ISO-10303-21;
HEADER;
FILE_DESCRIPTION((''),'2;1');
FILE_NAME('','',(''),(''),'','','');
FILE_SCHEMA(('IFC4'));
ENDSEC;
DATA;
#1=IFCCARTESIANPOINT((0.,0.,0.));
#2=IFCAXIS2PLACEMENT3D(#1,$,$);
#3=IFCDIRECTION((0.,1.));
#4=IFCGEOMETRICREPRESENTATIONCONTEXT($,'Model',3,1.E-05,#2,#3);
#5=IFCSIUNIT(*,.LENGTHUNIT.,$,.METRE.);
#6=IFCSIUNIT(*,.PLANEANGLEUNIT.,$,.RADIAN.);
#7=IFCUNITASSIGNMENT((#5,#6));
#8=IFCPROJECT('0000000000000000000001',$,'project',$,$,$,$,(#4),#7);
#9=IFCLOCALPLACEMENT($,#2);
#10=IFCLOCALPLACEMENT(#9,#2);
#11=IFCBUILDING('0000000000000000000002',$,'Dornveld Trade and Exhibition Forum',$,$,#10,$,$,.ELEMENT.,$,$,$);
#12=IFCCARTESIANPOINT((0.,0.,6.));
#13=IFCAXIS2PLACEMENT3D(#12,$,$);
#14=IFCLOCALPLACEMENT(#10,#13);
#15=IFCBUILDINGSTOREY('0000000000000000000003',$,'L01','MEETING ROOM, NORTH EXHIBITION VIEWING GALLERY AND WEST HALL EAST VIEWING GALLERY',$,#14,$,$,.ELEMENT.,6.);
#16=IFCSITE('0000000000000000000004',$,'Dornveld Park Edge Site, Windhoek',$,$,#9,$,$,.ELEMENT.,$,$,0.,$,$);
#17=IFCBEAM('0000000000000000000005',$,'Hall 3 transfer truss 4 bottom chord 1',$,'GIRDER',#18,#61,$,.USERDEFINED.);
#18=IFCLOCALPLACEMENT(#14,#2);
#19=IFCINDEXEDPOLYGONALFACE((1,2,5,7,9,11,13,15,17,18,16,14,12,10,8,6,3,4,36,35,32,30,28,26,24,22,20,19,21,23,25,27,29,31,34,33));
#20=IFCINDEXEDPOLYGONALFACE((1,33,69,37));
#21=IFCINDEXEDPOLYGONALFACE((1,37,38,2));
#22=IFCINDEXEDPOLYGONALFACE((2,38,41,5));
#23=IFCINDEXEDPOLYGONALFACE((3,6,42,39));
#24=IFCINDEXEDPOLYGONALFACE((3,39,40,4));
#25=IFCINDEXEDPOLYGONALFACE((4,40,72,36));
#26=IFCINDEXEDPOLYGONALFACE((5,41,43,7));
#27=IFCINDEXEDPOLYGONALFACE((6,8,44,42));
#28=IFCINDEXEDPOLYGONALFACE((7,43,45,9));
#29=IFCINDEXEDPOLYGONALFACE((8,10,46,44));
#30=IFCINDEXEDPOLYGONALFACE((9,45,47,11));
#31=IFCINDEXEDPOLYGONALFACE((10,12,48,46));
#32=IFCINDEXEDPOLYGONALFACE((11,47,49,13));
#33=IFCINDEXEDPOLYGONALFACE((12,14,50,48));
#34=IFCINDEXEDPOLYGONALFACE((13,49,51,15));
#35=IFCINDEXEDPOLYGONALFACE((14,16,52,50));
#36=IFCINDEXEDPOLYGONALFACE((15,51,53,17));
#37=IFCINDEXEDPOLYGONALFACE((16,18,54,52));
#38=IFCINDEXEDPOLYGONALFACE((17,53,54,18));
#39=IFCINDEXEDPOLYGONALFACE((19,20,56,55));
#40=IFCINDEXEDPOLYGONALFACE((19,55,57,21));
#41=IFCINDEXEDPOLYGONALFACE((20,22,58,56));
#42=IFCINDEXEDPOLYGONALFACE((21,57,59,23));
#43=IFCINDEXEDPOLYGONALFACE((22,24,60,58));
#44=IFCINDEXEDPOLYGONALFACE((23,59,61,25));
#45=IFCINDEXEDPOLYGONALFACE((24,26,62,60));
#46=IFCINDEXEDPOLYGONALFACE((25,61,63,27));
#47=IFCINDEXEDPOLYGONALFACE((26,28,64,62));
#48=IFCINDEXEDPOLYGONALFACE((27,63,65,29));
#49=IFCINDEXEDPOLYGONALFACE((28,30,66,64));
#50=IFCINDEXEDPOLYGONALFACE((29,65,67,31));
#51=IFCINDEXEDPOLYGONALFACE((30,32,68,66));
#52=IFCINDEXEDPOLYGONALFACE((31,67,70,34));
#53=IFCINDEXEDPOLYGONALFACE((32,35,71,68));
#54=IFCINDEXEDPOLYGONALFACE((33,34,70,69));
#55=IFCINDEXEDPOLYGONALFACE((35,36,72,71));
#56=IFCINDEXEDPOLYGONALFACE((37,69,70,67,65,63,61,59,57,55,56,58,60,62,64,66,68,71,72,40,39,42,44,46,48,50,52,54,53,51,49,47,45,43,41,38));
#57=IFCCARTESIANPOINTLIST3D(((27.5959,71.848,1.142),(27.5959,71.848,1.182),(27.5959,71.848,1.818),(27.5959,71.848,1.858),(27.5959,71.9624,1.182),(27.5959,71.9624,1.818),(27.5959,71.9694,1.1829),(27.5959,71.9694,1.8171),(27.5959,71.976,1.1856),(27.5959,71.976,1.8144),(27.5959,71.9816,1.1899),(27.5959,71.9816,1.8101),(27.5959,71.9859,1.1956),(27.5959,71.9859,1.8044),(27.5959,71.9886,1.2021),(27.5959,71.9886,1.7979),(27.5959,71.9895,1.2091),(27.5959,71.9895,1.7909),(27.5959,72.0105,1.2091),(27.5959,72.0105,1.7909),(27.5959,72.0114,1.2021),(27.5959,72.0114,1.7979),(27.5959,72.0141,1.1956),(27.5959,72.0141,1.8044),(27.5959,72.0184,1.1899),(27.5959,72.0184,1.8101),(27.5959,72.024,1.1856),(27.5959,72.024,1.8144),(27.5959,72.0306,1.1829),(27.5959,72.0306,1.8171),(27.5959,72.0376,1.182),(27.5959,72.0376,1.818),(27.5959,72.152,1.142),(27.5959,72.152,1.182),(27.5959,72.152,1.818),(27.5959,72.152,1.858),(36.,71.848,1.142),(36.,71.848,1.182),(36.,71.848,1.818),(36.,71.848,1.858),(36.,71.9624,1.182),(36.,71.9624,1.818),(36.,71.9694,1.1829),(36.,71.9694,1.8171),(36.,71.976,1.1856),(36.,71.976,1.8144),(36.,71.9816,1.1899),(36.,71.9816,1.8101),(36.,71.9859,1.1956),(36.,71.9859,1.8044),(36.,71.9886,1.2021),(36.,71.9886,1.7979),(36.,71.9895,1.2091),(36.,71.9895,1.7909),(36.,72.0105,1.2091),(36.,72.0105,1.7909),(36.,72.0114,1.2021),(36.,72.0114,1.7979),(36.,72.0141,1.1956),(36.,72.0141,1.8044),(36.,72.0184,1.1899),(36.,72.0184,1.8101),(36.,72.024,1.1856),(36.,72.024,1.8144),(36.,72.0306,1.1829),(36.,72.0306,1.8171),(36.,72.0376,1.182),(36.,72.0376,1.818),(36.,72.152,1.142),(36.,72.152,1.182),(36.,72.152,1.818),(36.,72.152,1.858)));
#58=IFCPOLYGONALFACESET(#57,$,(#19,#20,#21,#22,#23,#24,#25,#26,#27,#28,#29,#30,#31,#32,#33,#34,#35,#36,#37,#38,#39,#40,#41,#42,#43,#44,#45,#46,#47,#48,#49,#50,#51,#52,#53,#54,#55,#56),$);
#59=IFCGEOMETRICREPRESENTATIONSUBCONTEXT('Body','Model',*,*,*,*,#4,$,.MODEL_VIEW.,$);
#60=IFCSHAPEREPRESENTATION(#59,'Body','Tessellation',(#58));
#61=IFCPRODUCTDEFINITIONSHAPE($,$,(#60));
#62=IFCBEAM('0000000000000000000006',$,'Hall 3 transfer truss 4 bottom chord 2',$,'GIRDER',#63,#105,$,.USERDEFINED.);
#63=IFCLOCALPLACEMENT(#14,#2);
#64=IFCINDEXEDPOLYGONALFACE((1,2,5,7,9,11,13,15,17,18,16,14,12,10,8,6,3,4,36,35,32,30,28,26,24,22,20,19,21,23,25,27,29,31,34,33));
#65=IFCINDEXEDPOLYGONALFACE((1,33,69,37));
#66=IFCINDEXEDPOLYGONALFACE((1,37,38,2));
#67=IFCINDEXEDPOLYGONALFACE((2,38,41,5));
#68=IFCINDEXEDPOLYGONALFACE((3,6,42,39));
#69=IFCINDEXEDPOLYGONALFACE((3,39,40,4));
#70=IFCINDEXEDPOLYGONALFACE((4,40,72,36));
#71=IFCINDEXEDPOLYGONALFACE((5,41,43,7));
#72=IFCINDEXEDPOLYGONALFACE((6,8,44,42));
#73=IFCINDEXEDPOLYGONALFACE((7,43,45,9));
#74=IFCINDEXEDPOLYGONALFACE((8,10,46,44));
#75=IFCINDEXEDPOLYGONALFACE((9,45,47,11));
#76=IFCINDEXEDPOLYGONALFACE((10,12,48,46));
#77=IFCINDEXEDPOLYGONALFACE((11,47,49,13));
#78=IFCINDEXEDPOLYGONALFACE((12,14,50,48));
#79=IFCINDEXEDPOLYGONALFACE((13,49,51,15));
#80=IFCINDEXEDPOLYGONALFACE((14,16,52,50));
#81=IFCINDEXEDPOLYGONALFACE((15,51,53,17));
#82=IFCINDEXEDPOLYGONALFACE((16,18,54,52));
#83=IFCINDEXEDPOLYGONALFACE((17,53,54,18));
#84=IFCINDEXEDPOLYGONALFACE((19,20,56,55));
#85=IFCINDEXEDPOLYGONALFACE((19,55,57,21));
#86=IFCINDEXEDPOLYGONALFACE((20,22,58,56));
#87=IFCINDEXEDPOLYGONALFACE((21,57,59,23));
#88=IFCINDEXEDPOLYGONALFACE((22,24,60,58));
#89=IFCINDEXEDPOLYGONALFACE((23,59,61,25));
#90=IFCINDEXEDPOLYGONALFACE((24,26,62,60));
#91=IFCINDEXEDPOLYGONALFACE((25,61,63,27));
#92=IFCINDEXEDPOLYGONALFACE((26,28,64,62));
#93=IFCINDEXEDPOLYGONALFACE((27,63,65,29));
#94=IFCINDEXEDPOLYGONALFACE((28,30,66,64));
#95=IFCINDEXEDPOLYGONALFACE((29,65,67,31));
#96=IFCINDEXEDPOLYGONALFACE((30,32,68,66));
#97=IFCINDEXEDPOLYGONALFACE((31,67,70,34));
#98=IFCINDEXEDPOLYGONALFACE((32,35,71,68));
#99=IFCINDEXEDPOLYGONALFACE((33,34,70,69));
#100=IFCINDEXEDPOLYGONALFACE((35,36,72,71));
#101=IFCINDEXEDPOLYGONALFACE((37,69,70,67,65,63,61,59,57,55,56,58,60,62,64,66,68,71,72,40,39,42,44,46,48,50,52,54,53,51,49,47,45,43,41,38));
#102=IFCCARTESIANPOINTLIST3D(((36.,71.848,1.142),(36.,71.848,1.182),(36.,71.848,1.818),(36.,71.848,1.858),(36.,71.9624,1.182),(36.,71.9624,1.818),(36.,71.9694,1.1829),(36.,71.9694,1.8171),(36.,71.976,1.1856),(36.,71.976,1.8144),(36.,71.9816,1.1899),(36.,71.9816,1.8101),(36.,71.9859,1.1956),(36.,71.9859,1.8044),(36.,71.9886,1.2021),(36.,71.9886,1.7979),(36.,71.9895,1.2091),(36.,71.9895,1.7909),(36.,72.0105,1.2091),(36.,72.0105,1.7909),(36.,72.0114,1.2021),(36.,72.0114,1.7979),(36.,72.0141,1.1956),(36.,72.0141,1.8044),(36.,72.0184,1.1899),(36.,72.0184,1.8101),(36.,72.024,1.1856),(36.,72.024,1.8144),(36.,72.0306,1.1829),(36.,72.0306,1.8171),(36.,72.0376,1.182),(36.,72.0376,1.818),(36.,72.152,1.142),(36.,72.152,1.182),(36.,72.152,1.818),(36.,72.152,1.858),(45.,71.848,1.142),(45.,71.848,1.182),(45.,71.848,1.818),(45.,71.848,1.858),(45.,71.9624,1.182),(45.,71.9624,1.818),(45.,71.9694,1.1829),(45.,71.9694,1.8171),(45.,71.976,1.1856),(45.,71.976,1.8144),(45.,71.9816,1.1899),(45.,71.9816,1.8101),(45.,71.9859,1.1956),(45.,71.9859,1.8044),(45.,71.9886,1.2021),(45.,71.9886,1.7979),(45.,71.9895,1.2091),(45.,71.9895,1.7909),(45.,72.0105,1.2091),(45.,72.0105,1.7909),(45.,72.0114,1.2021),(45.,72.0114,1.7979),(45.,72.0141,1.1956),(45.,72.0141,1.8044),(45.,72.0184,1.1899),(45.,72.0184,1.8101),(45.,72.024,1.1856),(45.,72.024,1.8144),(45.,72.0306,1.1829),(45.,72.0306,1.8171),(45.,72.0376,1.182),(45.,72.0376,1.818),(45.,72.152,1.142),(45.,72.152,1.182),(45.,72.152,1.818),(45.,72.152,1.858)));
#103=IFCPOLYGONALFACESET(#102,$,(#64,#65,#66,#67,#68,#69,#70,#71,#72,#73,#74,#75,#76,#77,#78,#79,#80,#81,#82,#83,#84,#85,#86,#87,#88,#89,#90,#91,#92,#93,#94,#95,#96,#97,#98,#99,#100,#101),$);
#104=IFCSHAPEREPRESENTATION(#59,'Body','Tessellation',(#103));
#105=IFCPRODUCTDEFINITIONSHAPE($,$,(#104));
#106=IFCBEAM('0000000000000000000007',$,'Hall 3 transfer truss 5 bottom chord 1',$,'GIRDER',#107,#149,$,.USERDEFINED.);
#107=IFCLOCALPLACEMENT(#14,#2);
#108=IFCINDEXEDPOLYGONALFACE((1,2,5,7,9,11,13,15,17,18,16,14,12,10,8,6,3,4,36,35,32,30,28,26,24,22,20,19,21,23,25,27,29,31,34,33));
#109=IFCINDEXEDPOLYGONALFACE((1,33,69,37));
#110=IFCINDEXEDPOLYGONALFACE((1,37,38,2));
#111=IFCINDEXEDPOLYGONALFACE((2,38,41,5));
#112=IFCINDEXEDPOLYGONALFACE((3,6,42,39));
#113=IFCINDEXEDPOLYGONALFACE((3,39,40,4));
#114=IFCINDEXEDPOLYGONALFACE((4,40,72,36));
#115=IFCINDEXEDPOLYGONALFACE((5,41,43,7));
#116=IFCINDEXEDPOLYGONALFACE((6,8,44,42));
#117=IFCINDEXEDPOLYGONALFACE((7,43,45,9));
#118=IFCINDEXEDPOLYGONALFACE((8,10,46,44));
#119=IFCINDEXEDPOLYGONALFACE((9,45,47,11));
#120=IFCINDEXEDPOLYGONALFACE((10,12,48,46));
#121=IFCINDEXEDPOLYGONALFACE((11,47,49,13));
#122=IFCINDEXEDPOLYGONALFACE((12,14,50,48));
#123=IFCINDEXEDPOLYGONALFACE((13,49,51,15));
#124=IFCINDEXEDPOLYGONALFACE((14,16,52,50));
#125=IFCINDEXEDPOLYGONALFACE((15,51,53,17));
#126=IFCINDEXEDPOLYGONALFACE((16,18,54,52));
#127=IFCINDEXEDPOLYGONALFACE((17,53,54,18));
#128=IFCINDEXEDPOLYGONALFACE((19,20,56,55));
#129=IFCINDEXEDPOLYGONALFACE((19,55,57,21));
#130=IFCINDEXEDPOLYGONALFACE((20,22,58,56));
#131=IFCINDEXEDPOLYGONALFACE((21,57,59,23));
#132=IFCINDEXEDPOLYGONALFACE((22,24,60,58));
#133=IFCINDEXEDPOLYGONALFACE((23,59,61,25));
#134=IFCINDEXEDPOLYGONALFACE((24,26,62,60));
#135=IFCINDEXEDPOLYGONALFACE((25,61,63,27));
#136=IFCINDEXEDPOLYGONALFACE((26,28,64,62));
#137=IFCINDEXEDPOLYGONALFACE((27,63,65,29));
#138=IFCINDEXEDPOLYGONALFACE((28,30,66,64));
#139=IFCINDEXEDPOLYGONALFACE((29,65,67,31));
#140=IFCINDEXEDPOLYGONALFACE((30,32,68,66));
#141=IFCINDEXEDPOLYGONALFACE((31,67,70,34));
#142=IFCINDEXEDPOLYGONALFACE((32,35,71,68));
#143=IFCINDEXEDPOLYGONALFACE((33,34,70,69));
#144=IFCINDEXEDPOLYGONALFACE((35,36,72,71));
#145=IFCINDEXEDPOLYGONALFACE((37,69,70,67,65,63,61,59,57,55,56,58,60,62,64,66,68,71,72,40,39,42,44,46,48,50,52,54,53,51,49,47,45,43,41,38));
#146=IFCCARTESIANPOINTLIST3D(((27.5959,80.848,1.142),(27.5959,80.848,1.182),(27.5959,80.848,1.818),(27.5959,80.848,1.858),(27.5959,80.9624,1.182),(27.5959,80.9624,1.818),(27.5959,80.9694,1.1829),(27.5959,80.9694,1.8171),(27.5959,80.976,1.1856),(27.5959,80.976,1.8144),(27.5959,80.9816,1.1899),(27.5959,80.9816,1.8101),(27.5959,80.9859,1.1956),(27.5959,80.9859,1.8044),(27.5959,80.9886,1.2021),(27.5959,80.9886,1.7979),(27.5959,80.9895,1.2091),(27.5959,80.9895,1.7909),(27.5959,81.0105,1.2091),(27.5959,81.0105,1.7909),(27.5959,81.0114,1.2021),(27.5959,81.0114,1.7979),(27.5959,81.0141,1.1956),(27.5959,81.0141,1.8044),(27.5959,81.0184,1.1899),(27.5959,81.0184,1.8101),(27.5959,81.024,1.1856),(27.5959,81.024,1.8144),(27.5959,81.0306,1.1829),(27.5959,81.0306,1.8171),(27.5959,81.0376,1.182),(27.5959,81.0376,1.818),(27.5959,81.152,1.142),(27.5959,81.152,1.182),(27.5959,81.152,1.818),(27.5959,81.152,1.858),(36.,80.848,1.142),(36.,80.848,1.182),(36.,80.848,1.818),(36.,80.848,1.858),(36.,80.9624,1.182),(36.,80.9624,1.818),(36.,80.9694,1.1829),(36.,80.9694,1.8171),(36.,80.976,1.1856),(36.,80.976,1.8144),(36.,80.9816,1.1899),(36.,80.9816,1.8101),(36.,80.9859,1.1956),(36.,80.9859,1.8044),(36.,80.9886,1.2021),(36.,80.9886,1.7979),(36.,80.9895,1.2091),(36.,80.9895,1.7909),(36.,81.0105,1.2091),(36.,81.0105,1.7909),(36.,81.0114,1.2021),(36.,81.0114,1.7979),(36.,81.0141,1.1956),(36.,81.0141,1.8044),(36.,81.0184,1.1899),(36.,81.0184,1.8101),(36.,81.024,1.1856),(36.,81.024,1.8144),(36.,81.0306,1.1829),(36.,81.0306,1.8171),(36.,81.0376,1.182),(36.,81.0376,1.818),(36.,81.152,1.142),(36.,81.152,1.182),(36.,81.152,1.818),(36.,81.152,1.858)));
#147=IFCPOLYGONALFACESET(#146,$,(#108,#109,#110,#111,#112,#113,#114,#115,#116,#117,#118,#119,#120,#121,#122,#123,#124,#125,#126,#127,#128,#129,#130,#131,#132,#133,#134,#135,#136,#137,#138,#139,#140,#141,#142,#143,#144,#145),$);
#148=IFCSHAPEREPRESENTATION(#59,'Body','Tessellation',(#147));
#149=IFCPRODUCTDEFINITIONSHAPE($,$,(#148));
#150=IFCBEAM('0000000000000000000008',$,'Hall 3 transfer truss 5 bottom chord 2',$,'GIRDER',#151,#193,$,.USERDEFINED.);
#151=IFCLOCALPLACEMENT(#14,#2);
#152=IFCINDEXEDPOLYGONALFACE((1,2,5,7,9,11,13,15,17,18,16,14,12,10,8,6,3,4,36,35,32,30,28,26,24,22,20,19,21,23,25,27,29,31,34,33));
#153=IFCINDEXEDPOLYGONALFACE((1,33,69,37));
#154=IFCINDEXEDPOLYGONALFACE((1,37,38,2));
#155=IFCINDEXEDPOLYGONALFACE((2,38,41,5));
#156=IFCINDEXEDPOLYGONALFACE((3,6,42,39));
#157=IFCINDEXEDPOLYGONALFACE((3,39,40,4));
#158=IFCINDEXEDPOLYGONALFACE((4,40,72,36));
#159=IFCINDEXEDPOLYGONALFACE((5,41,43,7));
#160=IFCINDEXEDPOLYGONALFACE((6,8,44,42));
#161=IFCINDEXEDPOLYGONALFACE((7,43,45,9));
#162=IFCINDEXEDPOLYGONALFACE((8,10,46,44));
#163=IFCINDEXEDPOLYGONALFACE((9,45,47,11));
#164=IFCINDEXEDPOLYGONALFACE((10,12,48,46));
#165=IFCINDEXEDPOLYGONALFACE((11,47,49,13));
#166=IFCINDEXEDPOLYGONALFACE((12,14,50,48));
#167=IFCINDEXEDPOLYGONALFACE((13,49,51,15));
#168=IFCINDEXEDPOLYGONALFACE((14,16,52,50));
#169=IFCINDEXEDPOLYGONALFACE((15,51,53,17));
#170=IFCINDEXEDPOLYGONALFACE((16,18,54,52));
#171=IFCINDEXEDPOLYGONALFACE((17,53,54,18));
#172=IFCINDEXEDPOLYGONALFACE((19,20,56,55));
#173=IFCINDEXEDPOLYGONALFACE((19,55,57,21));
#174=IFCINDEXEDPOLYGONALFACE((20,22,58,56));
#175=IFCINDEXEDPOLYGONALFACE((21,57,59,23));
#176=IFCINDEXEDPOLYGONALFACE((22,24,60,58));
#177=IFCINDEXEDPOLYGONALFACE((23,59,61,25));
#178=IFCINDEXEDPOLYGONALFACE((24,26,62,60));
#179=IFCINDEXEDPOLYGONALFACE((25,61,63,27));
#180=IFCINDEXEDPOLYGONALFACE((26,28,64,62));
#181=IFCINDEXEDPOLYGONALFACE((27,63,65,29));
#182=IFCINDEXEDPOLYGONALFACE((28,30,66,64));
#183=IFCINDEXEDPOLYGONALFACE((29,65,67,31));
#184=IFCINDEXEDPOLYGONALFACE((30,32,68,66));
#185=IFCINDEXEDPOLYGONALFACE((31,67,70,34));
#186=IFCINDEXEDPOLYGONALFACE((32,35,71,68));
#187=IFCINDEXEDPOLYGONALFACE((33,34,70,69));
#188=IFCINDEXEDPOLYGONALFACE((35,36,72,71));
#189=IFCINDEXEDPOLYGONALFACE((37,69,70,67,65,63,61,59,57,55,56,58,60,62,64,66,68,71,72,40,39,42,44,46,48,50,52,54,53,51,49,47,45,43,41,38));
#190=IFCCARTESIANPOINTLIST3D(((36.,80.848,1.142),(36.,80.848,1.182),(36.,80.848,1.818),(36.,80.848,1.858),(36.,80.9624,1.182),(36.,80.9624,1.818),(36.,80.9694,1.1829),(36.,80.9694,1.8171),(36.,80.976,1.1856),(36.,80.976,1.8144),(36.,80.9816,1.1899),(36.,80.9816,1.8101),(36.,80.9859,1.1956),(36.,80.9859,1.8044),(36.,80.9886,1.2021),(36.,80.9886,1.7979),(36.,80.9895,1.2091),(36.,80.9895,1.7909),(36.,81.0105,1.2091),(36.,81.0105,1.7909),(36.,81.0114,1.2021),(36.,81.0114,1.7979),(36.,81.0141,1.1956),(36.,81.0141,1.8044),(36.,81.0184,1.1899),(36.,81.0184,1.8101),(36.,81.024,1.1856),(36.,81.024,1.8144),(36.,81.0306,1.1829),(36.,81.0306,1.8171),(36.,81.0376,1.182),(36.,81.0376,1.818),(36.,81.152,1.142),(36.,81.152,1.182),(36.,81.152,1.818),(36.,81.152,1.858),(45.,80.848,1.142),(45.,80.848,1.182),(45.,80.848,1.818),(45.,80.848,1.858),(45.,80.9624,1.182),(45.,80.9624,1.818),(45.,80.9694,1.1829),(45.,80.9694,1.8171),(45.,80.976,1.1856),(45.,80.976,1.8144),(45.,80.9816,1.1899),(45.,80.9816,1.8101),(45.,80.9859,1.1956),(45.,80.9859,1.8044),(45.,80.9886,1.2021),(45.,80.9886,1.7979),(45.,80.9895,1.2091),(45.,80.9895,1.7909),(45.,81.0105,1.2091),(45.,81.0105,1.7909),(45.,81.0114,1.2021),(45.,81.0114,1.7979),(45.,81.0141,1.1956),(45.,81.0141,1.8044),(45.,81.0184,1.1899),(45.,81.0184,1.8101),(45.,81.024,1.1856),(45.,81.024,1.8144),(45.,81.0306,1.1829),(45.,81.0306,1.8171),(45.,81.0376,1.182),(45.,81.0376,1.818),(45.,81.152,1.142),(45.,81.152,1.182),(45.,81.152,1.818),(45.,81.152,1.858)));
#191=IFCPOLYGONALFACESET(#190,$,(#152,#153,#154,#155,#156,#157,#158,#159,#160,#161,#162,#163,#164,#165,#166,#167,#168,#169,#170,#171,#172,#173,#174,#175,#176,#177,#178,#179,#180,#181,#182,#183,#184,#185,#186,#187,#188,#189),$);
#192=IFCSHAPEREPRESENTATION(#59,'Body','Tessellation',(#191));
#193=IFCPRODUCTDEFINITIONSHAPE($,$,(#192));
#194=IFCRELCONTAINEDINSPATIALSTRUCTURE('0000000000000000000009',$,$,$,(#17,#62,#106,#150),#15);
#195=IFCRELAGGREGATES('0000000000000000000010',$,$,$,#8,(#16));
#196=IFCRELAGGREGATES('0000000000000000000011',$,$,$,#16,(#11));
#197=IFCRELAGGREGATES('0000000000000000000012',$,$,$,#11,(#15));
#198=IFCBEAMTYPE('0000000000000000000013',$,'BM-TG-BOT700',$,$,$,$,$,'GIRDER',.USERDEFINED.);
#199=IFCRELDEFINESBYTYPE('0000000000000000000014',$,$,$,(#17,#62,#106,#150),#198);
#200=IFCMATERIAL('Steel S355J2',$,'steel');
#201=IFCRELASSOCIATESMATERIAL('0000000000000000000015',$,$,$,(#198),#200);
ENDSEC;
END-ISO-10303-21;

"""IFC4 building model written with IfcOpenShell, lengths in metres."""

from ifc_helpers import new_model, si_unit, direction, frame, origin, origin_2d, place, context, subcontext, project, spatial, i_section, extrude, material, material_profile, profile_set, type_object, element, save


model = new_model("IFC4")

# Units and contexts
model_context = context("Model", 3, precision=1e-05, world=origin(), true_north=direction((0.0, 1.0)))
body_context = subcontext(model_context, "Body", "Model", "MODEL_VIEW")
ifc_project = project(units=[si_unit("LENGTHUNIT", "METRE"), si_unit("PLANEANGLEUNIT", "RADIAN")], contexts=[model_context])

# Site, building, storey
site_placement = place(None, origin())
site = spatial("IfcSite", under=ifc_project, at=site_placement, Name="Dornveld Park Edge Site, Windhoek", CompositionType="ELEMENT", RefElevation=0.0)
building_placement = place(site_placement, origin())
building = spatial("IfcBuilding", under=site, at=building_placement, Name="Dornveld Trade and Exhibition Forum", CompositionType="ELEMENT")
storey_placement = place(building_placement, frame((0.0, 0.0, 6.0)))
storey = spatial("IfcBuildingStorey", under=building, at=storey_placement, Name="L01", Description="MEETING ROOM, NORTH EXHIBITION VIEWING GALLERY AND WEST HALL EAST VIEWING GALLERY", CompositionType="ELEMENT", Elevation=6.0)

# Beams
ifc_material_1 = material(Name="Steel S355J2", Category="steel")
ifc_material_profile_1 = material_profile(ifc_material_1, i_section(OverallWidth=0.304, OverallDepth=0.7161, WebThickness=0.021, FlangeThickness=0.04, FilletRadius=0.0271, at=origin_2d()), Name="HEM 700")
ifc_profile_set_1 = profile_set([ifc_material_profile_1], Name="Steel S355J2")
beam_type_1 = type_object("IfcBeamType", Name="BM-TG-BOT700", ElementType="GIRDER", PredefinedType="USERDEFINED", material=ifc_profile_set_1)
beam_1_placement = place(storey_placement, frame((27.5959, 72.0, 1.5), z_axis=(1.0, 0.0, 0.0), x_axis=(0.0, 1.0, 0.0)))
element("IfcBeam", 1, at=beam_1_placement, inside=storey, type_object=beam_type_1, Name="Hall 3 transfer truss 4 bottom chord 1", ObjectType="GIRDER", PredefinedType="USERDEFINED", context=body_context, shape_type="SweptSolid", body=[
    extrude(i_section(OverallWidth=0.304, OverallDepth=0.7161, WebThickness=0.021, FlangeThickness=0.04, FilletRadius=0.0271, at=origin_2d()), origin(), (0.0, 0.0, 1.0), 8.4041),
])
beam_2_placement = place(storey_placement, frame((36.0, 72.0, 1.5), z_axis=(1.0, 0.0, 0.0), x_axis=(0.0, 1.0, 0.0)))
element("IfcBeam", 2, at=beam_2_placement, inside=storey, type_object=beam_type_1, Name="Hall 3 transfer truss 4 bottom chord 2", ObjectType="GIRDER", PredefinedType="USERDEFINED", context=body_context, shape_type="SweptSolid", body=[
    extrude(i_section(OverallWidth=0.304, OverallDepth=0.7161, WebThickness=0.021, FlangeThickness=0.04, FilletRadius=0.0271, at=origin_2d()), origin(), (0.0, 0.0, 1.0), 9.0),
])
beam_3_placement = place(storey_placement, frame((27.5959, 81.0, 1.5), z_axis=(1.0, 0.0, 0.0), x_axis=(0.0, 1.0, 0.0)))
element("IfcBeam", 3, at=beam_3_placement, inside=storey, type_object=beam_type_1, Name="Hall 3 transfer truss 5 bottom chord 1", ObjectType="GIRDER", PredefinedType="USERDEFINED", context=body_context, shape_type="SweptSolid", body=[
    extrude(i_section(OverallWidth=0.304, OverallDepth=0.7161, WebThickness=0.021, FlangeThickness=0.04, FilletRadius=0.0271, at=origin_2d()), origin(), (0.0, 0.0, 1.0), 8.4041),
])
beam_4_placement = place(storey_placement, frame((36.0, 81.0, 1.5), z_axis=(1.0, 0.0, 0.0), x_axis=(0.0, 1.0, 0.0)))
element("IfcBeam", 4, at=beam_4_placement, inside=storey, type_object=beam_type_1, Name="Hall 3 transfer truss 5 bottom chord 2", ObjectType="GIRDER", PredefinedType="USERDEFINED", context=body_context, shape_type="SweptSolid", body=[
    extrude(i_section(OverallWidth=0.304, OverallDepth=0.7161, WebThickness=0.021, FlangeThickness=0.04, FilletRadius=0.0271, at=origin_2d()), origin(), (0.0, 0.0, 1.0), 9.0),
])

save(model, "model.ifc")
